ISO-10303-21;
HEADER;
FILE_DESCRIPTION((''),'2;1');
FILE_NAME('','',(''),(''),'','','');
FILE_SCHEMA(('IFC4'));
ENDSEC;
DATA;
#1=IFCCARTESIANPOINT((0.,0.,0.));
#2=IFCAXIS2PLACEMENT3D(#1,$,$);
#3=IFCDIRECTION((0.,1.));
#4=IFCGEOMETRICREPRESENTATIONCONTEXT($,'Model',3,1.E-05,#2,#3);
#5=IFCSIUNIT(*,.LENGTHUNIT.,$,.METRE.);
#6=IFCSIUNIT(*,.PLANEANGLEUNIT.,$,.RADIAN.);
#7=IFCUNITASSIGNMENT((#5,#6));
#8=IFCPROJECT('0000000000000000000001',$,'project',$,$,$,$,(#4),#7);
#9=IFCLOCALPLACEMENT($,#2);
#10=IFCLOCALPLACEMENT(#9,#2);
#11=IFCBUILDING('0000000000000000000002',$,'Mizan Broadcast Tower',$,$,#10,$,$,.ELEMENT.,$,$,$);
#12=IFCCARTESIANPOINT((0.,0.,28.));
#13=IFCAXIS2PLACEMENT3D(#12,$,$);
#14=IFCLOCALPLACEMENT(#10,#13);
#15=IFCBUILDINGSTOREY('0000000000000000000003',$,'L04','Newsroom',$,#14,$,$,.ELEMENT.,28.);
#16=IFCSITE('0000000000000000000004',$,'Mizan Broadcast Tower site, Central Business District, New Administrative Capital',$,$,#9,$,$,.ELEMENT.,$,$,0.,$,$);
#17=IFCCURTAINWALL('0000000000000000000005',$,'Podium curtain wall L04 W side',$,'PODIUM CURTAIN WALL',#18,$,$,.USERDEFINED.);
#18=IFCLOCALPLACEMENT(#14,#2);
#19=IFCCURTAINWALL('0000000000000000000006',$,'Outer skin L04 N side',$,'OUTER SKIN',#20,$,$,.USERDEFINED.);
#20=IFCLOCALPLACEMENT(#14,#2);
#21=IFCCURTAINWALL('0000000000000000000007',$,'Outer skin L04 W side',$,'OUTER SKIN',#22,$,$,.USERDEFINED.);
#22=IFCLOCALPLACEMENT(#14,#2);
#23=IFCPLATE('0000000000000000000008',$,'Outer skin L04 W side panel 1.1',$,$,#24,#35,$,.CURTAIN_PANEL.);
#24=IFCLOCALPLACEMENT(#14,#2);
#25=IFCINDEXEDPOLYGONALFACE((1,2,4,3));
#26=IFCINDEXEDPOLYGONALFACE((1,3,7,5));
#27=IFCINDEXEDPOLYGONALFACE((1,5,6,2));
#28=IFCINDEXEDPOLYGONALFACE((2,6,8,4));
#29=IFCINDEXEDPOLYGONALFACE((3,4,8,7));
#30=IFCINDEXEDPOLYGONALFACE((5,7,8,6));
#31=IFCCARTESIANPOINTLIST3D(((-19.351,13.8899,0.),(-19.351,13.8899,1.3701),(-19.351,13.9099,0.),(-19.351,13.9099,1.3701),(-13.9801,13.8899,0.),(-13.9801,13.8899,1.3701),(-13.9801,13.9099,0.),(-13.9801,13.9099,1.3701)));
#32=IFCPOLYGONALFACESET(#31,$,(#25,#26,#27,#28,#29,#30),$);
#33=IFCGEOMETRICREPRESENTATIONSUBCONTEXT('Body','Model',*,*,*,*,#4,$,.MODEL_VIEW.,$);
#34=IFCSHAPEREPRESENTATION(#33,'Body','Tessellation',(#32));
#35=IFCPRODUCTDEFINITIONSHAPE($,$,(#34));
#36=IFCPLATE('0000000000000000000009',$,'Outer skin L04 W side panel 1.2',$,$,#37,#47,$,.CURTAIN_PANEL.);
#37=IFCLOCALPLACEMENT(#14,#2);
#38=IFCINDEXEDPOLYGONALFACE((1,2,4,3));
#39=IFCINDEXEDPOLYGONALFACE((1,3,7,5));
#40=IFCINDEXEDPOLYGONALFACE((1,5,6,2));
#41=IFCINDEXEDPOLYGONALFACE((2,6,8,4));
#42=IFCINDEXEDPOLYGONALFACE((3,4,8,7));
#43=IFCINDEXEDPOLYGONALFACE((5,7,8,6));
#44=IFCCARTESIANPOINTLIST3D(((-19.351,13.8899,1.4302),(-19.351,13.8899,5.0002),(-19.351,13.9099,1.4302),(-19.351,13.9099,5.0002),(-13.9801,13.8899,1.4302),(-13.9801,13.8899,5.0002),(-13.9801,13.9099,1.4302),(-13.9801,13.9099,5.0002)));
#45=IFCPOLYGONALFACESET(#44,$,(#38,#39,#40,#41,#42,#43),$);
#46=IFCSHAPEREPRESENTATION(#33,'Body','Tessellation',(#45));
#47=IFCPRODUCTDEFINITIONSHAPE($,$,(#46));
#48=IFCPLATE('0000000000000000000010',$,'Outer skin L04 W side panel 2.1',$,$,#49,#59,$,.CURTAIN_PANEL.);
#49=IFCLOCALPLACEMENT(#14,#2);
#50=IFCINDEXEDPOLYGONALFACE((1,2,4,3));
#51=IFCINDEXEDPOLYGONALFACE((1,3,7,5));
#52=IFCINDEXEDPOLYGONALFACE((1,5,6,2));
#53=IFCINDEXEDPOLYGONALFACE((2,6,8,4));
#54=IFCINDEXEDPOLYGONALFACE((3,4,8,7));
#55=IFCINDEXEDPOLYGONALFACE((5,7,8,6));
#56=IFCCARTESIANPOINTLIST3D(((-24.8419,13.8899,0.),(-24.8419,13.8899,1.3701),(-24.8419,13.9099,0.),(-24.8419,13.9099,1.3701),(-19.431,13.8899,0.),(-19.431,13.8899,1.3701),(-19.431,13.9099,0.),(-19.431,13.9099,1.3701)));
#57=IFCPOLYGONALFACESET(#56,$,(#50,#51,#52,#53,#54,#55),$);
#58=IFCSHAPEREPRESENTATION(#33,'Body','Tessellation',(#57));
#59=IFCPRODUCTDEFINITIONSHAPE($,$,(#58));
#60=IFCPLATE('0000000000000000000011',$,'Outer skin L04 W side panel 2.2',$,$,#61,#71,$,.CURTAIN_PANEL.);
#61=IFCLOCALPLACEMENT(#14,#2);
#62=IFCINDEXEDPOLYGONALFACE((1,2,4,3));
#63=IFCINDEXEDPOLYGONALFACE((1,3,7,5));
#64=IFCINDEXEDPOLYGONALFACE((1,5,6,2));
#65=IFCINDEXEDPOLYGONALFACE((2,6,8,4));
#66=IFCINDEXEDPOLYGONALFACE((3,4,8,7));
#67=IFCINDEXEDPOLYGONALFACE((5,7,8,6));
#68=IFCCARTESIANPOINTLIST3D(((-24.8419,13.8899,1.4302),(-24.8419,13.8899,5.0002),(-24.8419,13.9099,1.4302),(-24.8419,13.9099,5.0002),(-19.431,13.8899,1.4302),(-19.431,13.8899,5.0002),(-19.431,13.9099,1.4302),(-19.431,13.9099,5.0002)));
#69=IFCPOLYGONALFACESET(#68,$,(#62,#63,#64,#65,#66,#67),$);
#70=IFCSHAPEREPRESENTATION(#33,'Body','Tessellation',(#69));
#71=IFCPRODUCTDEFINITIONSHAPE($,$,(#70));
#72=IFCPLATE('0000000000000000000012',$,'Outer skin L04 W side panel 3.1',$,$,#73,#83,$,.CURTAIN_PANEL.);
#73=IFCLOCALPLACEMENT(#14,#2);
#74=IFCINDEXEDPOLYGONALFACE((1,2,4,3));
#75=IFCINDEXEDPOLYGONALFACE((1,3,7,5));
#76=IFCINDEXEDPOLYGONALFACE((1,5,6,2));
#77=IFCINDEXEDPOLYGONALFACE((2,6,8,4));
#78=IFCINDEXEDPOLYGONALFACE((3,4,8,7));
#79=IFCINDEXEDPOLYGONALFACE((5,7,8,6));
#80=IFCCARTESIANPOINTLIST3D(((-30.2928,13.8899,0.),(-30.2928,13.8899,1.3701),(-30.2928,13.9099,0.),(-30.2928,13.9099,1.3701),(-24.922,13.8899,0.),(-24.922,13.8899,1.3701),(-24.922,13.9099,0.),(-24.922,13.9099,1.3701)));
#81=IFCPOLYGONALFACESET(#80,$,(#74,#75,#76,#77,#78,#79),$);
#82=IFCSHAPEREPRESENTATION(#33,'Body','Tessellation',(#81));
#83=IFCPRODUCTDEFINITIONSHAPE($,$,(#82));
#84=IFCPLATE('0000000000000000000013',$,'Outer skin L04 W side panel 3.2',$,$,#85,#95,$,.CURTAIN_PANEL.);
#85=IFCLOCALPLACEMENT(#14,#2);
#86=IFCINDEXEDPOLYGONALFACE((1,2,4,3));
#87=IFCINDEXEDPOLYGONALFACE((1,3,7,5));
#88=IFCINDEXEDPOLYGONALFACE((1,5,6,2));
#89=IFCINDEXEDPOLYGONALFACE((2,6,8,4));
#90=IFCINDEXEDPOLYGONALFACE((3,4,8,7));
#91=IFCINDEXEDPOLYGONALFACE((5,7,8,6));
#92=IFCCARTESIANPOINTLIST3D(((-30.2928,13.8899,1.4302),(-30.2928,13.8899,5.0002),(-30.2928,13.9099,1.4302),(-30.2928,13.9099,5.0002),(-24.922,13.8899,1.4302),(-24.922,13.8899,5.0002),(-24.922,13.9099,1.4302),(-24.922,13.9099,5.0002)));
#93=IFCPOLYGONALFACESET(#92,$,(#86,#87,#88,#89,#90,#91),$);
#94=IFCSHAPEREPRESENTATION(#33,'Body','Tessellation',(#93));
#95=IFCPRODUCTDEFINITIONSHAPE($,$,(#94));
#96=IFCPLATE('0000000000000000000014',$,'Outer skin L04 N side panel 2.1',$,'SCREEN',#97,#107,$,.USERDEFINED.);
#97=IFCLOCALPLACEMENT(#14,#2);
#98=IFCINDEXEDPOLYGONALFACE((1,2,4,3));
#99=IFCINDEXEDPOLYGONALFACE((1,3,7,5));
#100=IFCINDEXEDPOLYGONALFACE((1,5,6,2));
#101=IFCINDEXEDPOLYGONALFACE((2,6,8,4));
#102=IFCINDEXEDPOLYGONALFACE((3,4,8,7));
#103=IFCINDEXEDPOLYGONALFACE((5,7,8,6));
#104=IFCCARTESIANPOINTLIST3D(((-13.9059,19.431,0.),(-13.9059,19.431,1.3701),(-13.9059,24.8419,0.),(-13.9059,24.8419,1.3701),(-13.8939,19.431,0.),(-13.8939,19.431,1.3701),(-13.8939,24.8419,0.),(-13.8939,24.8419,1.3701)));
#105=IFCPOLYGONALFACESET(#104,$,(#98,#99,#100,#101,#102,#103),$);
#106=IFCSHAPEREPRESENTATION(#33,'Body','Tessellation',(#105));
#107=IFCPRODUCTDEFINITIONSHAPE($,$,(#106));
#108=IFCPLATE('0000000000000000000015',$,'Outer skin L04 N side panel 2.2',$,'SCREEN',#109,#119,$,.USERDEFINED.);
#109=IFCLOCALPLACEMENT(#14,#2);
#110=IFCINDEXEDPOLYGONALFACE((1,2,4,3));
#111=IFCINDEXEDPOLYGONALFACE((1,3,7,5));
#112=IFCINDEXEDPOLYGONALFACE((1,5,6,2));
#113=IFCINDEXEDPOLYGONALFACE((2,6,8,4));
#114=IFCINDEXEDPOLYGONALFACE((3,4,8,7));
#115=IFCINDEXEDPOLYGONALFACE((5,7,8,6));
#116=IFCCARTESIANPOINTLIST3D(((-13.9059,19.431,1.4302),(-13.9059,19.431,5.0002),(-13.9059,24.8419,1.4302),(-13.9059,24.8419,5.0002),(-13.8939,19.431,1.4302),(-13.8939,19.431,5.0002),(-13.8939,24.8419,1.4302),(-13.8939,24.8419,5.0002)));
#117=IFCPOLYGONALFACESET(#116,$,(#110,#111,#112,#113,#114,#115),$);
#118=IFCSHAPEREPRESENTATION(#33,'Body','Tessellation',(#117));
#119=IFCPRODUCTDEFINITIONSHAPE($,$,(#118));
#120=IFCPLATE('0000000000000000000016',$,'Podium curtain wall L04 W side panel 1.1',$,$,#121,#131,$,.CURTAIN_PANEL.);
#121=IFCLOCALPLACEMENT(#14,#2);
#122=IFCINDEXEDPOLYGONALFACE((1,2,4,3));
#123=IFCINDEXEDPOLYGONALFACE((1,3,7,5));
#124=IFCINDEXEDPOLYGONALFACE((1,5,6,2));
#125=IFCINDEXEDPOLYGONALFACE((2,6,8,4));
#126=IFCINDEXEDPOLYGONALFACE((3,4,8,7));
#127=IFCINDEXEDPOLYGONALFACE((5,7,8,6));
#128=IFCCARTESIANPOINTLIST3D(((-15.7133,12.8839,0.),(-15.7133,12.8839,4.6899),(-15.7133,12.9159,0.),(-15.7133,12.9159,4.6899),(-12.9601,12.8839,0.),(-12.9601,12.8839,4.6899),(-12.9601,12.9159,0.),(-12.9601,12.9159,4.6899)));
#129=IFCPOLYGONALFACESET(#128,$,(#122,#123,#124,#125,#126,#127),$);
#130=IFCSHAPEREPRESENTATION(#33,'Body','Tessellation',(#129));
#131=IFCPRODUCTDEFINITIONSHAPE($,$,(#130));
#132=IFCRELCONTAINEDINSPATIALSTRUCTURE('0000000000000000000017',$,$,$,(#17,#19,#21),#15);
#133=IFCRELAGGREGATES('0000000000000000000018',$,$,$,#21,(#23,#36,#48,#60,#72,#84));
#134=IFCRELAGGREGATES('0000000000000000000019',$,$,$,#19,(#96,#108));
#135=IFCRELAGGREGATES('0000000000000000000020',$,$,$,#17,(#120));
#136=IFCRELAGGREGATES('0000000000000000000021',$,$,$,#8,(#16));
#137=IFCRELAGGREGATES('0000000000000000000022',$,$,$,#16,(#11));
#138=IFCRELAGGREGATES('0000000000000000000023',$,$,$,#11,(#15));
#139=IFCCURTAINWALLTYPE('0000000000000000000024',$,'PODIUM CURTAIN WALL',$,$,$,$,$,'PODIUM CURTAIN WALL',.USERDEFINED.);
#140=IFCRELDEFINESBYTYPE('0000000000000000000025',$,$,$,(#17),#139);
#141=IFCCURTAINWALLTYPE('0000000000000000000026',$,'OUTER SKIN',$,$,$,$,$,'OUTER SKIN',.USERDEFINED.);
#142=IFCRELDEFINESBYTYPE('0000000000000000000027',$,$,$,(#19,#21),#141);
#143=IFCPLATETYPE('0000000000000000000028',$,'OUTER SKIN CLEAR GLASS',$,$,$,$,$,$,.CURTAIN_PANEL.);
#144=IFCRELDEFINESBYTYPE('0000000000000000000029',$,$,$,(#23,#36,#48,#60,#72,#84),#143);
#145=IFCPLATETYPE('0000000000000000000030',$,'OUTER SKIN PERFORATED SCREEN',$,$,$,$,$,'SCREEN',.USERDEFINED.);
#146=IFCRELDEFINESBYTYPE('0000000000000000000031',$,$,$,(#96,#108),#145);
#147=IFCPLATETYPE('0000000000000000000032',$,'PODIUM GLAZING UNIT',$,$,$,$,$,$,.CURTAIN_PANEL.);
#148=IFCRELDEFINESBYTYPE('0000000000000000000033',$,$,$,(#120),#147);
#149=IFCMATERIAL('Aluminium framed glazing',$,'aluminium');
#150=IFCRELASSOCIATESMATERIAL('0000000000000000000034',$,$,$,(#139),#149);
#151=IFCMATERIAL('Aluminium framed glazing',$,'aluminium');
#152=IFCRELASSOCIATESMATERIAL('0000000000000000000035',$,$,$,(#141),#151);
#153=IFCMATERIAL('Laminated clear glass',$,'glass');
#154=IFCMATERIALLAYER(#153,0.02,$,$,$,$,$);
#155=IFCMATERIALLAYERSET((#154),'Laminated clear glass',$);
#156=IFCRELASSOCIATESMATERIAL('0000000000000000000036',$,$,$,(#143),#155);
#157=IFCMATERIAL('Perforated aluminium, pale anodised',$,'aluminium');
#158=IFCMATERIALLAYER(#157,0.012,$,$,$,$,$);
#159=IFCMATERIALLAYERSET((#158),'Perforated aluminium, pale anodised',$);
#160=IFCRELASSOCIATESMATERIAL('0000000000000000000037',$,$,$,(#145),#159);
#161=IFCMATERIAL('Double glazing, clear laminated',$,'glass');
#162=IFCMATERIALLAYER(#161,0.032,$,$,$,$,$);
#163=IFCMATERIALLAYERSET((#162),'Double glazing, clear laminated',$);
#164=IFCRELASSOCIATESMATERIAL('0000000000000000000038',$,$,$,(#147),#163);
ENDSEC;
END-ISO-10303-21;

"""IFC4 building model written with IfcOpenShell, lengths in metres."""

from ifc_helpers import new_model, si_unit, direction, frame, origin, origin_2d, place, context, subcontext, project, spatial, rectangle, extrude, material, layer, layer_set, type_object, element, aggregate, save


model = new_model("IFC4")

# Units and contexts
model_context = context("Model", 3, precision=1e-05, world=origin(), true_north=direction((0.0, 1.0)))
body_context = subcontext(model_context, "Body", "Model", "MODEL_VIEW")
ifc_project = project(units=[si_unit("LENGTHUNIT", "METRE"), si_unit("PLANEANGLEUNIT", "RADIAN")], contexts=[model_context])

# Site, building, storey
site_placement = place(None, origin())
site = spatial("IfcSite", under=ifc_project, at=site_placement, Name="Mizan Broadcast Tower site, Central Business District, New Administrative Capital", CompositionType="ELEMENT", RefElevation=0.0)
building_placement = place(site_placement, origin())
building = spatial("IfcBuilding", under=site, at=building_placement, Name="Mizan Broadcast Tower", CompositionType="ELEMENT")
storey_placement = place(building_placement, frame((0.0, 0.0, 28.0)))
storey = spatial("IfcBuildingStorey", under=building, at=storey_placement, Name="L04", Description="Newsroom", CompositionType="ELEMENT", Elevation=28.0)

# Curtain walls
ifc_material_1 = material(Name="Aluminium framed glazing", Category="aluminium")
curtain_wall_type_1 = type_object("IfcCurtainWallType", Name="PODIUM CURTAIN WALL", ElementType="PODIUM CURTAIN WALL", PredefinedType="USERDEFINED", material=ifc_material_1)
curtain_wall_1_placement = place(storey_placement, origin())
curtain_wall_1 = element("IfcCurtainWall", 1, at=curtain_wall_1_placement, inside=storey, type_object=curtain_wall_type_1, Name="Podium curtain wall L04 W side", ObjectType="PODIUM CURTAIN WALL", PredefinedType="USERDEFINED")
ifc_material_2 = material(Name="Aluminium framed glazing", Category="aluminium")
curtain_wall_type_2 = type_object("IfcCurtainWallType", Name="OUTER SKIN", ElementType="OUTER SKIN", PredefinedType="USERDEFINED", material=ifc_material_2)
curtain_wall_2_placement = place(storey_placement, origin())
curtain_wall_2 = element("IfcCurtainWall", 2, at=curtain_wall_2_placement, inside=storey, type_object=curtain_wall_type_2, Name="Outer skin L04 N side", ObjectType="OUTER SKIN", PredefinedType="USERDEFINED")
curtain_wall_3_placement = place(storey_placement, origin())
curtain_wall_3 = element("IfcCurtainWall", 3, at=curtain_wall_3_placement, inside=storey, type_object=curtain_wall_type_2, Name="Outer skin L04 W side", ObjectType="OUTER SKIN", PredefinedType="USERDEFINED")

# Plates
ifc_material_3 = material(Name="Laminated clear glass", Category="glass")
ifc_layer_1 = layer(ifc_material_3, 0.02)
ifc_layer_set_1 = layer_set([ifc_layer_1], Name="Laminated clear glass")
plate_type_1 = type_object("IfcPlateType", Name="OUTER SKIN CLEAR GLASS", PredefinedType="CURTAIN_PANEL", material=ifc_layer_set_1)
plate_1_placement = place(storey_placement, frame((-16.6655, 13.8999, 0.0), z_axis=(0.0, 0.0, 1.0), x_axis=(-1.0, 0.0, 0.0)))
plate_1 = element("IfcPlate", 4, at=plate_1_placement, type_object=plate_type_1, Name="Outer skin L04 W side panel 1.1", PredefinedType="CURTAIN_PANEL", context=body_context, shape_type="SweptSolid", body=[
    extrude(rectangle(XDim=5.3708, YDim=0.02, at=origin_2d()), origin(), (0.0, 0.0, 1.0), 1.3701),
])
plate_2_placement = place(storey_placement, frame((-16.6655, 13.8999, 1.4302), z_axis=(0.0, 0.0, 1.0), x_axis=(-1.0, 0.0, 0.0)))
plate_2 = element("IfcPlate", 5, at=plate_2_placement, type_object=plate_type_1, Name="Outer skin L04 W side panel 1.2", PredefinedType="CURTAIN_PANEL", context=body_context, shape_type="SweptSolid", body=[
    extrude(rectangle(XDim=5.3708, YDim=0.02, at=origin_2d()), origin(), (0.0, 0.0, 1.0), 3.5701),
])
plate_3_placement = place(storey_placement, frame((-22.1365, 13.8999, 0.0), z_axis=(0.0, 0.0, 1.0), x_axis=(-1.0, 0.0, 0.0)))
plate_3 = element("IfcPlate", 6, at=plate_3_placement, type_object=plate_type_1, Name="Outer skin L04 W side panel 2.1", PredefinedType="CURTAIN_PANEL", context=body_context, shape_type="SweptSolid", body=[
    extrude(rectangle(XDim=5.4109, YDim=0.02, at=origin_2d()), origin(), (0.0, 0.0, 1.0), 1.3701),
])
plate_4_placement = place(storey_placement, frame((-22.1365, 13.8999, 1.4302), z_axis=(0.0, 0.0, 1.0), x_axis=(-1.0, 0.0, 0.0)))
plate_4 = element("IfcPlate", 7, at=plate_4_placement, type_object=plate_type_1, Name="Outer skin L04 W side panel 2.2", PredefinedType="CURTAIN_PANEL", context=body_context, shape_type="SweptSolid", body=[
    extrude(rectangle(XDim=5.4109, YDim=0.02, at=origin_2d()), origin(), (0.0, 0.0, 1.0), 3.5701),
])
plate_5_placement = place(storey_placement, frame((-27.6074, 13.8999, 0.0), z_axis=(0.0, 0.0, 1.0), x_axis=(-1.0, 0.0, 0.0)))
plate_5 = element("IfcPlate", 8, at=plate_5_placement, type_object=plate_type_1, Name="Outer skin L04 W side panel 3.1", PredefinedType="CURTAIN_PANEL", context=body_context, shape_type="SweptSolid", body=[
    extrude(rectangle(XDim=5.3708, YDim=0.02, at=origin_2d()), origin(), (0.0, 0.0, 1.0), 1.3701),
])
plate_6_placement = place(storey_placement, frame((-27.6074, 13.8999, 1.4302), z_axis=(0.0, 0.0, 1.0), x_axis=(-1.0, 0.0, 0.0)))
plate_6 = element("IfcPlate", 9, at=plate_6_placement, type_object=plate_type_1, Name="Outer skin L04 W side panel 3.2", PredefinedType="CURTAIN_PANEL", context=body_context, shape_type="SweptSolid", body=[
    extrude(rectangle(XDim=5.3708, YDim=0.02, at=origin_2d()), origin(), (0.0, 0.0, 1.0), 3.5701),
])
aggregate(curtain_wall_3, [plate_1, plate_2, plate_3, plate_4, plate_5, plate_6])
ifc_material_4 = material(Name="Perforated aluminium, pale anodised", Category="aluminium")
ifc_layer_2 = layer(ifc_material_4, 0.012)
ifc_layer_set_2 = layer_set([ifc_layer_2], Name="Perforated aluminium, pale anodised")
plate_type_2 = type_object("IfcPlateType", Name="OUTER SKIN PERFORATED SCREEN", ElementType="SCREEN", PredefinedType="USERDEFINED", material=ifc_layer_set_2)
plate_7_placement = place(storey_placement, frame((-13.8999, 22.1365, 0.0), z_axis=(0.0, 0.0, 1.0), x_axis=(0.0, -1.0, 0.0)))
plate_7 = element("IfcPlate", 10, at=plate_7_placement, type_object=plate_type_2, Name="Outer skin L04 N side panel 2.1", ObjectType="SCREEN", PredefinedType="USERDEFINED", context=body_context, shape_type="SweptSolid", body=[
    extrude(rectangle(XDim=5.4109, YDim=0.012, at=origin_2d()), origin(), (0.0, 0.0, 1.0), 1.3701),
])
plate_8_placement = place(storey_placement, frame((-13.8999, 22.1365, 1.4302), z_axis=(0.0, 0.0, 1.0), x_axis=(0.0, -1.0, 0.0)))
plate_8 = element("IfcPlate", 11, at=plate_8_placement, type_object=plate_type_2, Name="Outer skin L04 N side panel 2.2", ObjectType="SCREEN", PredefinedType="USERDEFINED", context=body_context, shape_type="SweptSolid", body=[
    extrude(rectangle(XDim=5.4109, YDim=0.012, at=origin_2d()), origin(), (0.0, 0.0, 1.0), 3.5701),
])
aggregate(curtain_wall_2, [plate_7, plate_8])
ifc_material_5 = material(Name="Double glazing, clear laminated", Category="glass")
ifc_layer_3 = layer(ifc_material_5, 0.032)
ifc_layer_set_3 = layer_set([ifc_layer_3], Name="Double glazing, clear laminated")
plate_type_3 = type_object("IfcPlateType", Name="PODIUM GLAZING UNIT", PredefinedType="CURTAIN_PANEL", material=ifc_layer_set_3)
plate_9_placement = place(storey_placement, frame((-14.3367, 12.8999, 0.0), z_axis=(0.0, 0.0, 1.0), x_axis=(-1.0, 0.0, 0.0)))
plate_9 = element("IfcPlate", 12, at=plate_9_placement, type_object=plate_type_3, Name="Podium curtain wall L04 W side panel 1.1", PredefinedType="CURTAIN_PANEL", context=body_context, shape_type="SweptSolid", body=[
    extrude(rectangle(XDim=2.7532, YDim=0.032, at=origin_2d()), origin(), (0.0, 0.0, 1.0), 4.6899),
])
aggregate(curtain_wall_1, [plate_9])

save(model, "model.ifc")
